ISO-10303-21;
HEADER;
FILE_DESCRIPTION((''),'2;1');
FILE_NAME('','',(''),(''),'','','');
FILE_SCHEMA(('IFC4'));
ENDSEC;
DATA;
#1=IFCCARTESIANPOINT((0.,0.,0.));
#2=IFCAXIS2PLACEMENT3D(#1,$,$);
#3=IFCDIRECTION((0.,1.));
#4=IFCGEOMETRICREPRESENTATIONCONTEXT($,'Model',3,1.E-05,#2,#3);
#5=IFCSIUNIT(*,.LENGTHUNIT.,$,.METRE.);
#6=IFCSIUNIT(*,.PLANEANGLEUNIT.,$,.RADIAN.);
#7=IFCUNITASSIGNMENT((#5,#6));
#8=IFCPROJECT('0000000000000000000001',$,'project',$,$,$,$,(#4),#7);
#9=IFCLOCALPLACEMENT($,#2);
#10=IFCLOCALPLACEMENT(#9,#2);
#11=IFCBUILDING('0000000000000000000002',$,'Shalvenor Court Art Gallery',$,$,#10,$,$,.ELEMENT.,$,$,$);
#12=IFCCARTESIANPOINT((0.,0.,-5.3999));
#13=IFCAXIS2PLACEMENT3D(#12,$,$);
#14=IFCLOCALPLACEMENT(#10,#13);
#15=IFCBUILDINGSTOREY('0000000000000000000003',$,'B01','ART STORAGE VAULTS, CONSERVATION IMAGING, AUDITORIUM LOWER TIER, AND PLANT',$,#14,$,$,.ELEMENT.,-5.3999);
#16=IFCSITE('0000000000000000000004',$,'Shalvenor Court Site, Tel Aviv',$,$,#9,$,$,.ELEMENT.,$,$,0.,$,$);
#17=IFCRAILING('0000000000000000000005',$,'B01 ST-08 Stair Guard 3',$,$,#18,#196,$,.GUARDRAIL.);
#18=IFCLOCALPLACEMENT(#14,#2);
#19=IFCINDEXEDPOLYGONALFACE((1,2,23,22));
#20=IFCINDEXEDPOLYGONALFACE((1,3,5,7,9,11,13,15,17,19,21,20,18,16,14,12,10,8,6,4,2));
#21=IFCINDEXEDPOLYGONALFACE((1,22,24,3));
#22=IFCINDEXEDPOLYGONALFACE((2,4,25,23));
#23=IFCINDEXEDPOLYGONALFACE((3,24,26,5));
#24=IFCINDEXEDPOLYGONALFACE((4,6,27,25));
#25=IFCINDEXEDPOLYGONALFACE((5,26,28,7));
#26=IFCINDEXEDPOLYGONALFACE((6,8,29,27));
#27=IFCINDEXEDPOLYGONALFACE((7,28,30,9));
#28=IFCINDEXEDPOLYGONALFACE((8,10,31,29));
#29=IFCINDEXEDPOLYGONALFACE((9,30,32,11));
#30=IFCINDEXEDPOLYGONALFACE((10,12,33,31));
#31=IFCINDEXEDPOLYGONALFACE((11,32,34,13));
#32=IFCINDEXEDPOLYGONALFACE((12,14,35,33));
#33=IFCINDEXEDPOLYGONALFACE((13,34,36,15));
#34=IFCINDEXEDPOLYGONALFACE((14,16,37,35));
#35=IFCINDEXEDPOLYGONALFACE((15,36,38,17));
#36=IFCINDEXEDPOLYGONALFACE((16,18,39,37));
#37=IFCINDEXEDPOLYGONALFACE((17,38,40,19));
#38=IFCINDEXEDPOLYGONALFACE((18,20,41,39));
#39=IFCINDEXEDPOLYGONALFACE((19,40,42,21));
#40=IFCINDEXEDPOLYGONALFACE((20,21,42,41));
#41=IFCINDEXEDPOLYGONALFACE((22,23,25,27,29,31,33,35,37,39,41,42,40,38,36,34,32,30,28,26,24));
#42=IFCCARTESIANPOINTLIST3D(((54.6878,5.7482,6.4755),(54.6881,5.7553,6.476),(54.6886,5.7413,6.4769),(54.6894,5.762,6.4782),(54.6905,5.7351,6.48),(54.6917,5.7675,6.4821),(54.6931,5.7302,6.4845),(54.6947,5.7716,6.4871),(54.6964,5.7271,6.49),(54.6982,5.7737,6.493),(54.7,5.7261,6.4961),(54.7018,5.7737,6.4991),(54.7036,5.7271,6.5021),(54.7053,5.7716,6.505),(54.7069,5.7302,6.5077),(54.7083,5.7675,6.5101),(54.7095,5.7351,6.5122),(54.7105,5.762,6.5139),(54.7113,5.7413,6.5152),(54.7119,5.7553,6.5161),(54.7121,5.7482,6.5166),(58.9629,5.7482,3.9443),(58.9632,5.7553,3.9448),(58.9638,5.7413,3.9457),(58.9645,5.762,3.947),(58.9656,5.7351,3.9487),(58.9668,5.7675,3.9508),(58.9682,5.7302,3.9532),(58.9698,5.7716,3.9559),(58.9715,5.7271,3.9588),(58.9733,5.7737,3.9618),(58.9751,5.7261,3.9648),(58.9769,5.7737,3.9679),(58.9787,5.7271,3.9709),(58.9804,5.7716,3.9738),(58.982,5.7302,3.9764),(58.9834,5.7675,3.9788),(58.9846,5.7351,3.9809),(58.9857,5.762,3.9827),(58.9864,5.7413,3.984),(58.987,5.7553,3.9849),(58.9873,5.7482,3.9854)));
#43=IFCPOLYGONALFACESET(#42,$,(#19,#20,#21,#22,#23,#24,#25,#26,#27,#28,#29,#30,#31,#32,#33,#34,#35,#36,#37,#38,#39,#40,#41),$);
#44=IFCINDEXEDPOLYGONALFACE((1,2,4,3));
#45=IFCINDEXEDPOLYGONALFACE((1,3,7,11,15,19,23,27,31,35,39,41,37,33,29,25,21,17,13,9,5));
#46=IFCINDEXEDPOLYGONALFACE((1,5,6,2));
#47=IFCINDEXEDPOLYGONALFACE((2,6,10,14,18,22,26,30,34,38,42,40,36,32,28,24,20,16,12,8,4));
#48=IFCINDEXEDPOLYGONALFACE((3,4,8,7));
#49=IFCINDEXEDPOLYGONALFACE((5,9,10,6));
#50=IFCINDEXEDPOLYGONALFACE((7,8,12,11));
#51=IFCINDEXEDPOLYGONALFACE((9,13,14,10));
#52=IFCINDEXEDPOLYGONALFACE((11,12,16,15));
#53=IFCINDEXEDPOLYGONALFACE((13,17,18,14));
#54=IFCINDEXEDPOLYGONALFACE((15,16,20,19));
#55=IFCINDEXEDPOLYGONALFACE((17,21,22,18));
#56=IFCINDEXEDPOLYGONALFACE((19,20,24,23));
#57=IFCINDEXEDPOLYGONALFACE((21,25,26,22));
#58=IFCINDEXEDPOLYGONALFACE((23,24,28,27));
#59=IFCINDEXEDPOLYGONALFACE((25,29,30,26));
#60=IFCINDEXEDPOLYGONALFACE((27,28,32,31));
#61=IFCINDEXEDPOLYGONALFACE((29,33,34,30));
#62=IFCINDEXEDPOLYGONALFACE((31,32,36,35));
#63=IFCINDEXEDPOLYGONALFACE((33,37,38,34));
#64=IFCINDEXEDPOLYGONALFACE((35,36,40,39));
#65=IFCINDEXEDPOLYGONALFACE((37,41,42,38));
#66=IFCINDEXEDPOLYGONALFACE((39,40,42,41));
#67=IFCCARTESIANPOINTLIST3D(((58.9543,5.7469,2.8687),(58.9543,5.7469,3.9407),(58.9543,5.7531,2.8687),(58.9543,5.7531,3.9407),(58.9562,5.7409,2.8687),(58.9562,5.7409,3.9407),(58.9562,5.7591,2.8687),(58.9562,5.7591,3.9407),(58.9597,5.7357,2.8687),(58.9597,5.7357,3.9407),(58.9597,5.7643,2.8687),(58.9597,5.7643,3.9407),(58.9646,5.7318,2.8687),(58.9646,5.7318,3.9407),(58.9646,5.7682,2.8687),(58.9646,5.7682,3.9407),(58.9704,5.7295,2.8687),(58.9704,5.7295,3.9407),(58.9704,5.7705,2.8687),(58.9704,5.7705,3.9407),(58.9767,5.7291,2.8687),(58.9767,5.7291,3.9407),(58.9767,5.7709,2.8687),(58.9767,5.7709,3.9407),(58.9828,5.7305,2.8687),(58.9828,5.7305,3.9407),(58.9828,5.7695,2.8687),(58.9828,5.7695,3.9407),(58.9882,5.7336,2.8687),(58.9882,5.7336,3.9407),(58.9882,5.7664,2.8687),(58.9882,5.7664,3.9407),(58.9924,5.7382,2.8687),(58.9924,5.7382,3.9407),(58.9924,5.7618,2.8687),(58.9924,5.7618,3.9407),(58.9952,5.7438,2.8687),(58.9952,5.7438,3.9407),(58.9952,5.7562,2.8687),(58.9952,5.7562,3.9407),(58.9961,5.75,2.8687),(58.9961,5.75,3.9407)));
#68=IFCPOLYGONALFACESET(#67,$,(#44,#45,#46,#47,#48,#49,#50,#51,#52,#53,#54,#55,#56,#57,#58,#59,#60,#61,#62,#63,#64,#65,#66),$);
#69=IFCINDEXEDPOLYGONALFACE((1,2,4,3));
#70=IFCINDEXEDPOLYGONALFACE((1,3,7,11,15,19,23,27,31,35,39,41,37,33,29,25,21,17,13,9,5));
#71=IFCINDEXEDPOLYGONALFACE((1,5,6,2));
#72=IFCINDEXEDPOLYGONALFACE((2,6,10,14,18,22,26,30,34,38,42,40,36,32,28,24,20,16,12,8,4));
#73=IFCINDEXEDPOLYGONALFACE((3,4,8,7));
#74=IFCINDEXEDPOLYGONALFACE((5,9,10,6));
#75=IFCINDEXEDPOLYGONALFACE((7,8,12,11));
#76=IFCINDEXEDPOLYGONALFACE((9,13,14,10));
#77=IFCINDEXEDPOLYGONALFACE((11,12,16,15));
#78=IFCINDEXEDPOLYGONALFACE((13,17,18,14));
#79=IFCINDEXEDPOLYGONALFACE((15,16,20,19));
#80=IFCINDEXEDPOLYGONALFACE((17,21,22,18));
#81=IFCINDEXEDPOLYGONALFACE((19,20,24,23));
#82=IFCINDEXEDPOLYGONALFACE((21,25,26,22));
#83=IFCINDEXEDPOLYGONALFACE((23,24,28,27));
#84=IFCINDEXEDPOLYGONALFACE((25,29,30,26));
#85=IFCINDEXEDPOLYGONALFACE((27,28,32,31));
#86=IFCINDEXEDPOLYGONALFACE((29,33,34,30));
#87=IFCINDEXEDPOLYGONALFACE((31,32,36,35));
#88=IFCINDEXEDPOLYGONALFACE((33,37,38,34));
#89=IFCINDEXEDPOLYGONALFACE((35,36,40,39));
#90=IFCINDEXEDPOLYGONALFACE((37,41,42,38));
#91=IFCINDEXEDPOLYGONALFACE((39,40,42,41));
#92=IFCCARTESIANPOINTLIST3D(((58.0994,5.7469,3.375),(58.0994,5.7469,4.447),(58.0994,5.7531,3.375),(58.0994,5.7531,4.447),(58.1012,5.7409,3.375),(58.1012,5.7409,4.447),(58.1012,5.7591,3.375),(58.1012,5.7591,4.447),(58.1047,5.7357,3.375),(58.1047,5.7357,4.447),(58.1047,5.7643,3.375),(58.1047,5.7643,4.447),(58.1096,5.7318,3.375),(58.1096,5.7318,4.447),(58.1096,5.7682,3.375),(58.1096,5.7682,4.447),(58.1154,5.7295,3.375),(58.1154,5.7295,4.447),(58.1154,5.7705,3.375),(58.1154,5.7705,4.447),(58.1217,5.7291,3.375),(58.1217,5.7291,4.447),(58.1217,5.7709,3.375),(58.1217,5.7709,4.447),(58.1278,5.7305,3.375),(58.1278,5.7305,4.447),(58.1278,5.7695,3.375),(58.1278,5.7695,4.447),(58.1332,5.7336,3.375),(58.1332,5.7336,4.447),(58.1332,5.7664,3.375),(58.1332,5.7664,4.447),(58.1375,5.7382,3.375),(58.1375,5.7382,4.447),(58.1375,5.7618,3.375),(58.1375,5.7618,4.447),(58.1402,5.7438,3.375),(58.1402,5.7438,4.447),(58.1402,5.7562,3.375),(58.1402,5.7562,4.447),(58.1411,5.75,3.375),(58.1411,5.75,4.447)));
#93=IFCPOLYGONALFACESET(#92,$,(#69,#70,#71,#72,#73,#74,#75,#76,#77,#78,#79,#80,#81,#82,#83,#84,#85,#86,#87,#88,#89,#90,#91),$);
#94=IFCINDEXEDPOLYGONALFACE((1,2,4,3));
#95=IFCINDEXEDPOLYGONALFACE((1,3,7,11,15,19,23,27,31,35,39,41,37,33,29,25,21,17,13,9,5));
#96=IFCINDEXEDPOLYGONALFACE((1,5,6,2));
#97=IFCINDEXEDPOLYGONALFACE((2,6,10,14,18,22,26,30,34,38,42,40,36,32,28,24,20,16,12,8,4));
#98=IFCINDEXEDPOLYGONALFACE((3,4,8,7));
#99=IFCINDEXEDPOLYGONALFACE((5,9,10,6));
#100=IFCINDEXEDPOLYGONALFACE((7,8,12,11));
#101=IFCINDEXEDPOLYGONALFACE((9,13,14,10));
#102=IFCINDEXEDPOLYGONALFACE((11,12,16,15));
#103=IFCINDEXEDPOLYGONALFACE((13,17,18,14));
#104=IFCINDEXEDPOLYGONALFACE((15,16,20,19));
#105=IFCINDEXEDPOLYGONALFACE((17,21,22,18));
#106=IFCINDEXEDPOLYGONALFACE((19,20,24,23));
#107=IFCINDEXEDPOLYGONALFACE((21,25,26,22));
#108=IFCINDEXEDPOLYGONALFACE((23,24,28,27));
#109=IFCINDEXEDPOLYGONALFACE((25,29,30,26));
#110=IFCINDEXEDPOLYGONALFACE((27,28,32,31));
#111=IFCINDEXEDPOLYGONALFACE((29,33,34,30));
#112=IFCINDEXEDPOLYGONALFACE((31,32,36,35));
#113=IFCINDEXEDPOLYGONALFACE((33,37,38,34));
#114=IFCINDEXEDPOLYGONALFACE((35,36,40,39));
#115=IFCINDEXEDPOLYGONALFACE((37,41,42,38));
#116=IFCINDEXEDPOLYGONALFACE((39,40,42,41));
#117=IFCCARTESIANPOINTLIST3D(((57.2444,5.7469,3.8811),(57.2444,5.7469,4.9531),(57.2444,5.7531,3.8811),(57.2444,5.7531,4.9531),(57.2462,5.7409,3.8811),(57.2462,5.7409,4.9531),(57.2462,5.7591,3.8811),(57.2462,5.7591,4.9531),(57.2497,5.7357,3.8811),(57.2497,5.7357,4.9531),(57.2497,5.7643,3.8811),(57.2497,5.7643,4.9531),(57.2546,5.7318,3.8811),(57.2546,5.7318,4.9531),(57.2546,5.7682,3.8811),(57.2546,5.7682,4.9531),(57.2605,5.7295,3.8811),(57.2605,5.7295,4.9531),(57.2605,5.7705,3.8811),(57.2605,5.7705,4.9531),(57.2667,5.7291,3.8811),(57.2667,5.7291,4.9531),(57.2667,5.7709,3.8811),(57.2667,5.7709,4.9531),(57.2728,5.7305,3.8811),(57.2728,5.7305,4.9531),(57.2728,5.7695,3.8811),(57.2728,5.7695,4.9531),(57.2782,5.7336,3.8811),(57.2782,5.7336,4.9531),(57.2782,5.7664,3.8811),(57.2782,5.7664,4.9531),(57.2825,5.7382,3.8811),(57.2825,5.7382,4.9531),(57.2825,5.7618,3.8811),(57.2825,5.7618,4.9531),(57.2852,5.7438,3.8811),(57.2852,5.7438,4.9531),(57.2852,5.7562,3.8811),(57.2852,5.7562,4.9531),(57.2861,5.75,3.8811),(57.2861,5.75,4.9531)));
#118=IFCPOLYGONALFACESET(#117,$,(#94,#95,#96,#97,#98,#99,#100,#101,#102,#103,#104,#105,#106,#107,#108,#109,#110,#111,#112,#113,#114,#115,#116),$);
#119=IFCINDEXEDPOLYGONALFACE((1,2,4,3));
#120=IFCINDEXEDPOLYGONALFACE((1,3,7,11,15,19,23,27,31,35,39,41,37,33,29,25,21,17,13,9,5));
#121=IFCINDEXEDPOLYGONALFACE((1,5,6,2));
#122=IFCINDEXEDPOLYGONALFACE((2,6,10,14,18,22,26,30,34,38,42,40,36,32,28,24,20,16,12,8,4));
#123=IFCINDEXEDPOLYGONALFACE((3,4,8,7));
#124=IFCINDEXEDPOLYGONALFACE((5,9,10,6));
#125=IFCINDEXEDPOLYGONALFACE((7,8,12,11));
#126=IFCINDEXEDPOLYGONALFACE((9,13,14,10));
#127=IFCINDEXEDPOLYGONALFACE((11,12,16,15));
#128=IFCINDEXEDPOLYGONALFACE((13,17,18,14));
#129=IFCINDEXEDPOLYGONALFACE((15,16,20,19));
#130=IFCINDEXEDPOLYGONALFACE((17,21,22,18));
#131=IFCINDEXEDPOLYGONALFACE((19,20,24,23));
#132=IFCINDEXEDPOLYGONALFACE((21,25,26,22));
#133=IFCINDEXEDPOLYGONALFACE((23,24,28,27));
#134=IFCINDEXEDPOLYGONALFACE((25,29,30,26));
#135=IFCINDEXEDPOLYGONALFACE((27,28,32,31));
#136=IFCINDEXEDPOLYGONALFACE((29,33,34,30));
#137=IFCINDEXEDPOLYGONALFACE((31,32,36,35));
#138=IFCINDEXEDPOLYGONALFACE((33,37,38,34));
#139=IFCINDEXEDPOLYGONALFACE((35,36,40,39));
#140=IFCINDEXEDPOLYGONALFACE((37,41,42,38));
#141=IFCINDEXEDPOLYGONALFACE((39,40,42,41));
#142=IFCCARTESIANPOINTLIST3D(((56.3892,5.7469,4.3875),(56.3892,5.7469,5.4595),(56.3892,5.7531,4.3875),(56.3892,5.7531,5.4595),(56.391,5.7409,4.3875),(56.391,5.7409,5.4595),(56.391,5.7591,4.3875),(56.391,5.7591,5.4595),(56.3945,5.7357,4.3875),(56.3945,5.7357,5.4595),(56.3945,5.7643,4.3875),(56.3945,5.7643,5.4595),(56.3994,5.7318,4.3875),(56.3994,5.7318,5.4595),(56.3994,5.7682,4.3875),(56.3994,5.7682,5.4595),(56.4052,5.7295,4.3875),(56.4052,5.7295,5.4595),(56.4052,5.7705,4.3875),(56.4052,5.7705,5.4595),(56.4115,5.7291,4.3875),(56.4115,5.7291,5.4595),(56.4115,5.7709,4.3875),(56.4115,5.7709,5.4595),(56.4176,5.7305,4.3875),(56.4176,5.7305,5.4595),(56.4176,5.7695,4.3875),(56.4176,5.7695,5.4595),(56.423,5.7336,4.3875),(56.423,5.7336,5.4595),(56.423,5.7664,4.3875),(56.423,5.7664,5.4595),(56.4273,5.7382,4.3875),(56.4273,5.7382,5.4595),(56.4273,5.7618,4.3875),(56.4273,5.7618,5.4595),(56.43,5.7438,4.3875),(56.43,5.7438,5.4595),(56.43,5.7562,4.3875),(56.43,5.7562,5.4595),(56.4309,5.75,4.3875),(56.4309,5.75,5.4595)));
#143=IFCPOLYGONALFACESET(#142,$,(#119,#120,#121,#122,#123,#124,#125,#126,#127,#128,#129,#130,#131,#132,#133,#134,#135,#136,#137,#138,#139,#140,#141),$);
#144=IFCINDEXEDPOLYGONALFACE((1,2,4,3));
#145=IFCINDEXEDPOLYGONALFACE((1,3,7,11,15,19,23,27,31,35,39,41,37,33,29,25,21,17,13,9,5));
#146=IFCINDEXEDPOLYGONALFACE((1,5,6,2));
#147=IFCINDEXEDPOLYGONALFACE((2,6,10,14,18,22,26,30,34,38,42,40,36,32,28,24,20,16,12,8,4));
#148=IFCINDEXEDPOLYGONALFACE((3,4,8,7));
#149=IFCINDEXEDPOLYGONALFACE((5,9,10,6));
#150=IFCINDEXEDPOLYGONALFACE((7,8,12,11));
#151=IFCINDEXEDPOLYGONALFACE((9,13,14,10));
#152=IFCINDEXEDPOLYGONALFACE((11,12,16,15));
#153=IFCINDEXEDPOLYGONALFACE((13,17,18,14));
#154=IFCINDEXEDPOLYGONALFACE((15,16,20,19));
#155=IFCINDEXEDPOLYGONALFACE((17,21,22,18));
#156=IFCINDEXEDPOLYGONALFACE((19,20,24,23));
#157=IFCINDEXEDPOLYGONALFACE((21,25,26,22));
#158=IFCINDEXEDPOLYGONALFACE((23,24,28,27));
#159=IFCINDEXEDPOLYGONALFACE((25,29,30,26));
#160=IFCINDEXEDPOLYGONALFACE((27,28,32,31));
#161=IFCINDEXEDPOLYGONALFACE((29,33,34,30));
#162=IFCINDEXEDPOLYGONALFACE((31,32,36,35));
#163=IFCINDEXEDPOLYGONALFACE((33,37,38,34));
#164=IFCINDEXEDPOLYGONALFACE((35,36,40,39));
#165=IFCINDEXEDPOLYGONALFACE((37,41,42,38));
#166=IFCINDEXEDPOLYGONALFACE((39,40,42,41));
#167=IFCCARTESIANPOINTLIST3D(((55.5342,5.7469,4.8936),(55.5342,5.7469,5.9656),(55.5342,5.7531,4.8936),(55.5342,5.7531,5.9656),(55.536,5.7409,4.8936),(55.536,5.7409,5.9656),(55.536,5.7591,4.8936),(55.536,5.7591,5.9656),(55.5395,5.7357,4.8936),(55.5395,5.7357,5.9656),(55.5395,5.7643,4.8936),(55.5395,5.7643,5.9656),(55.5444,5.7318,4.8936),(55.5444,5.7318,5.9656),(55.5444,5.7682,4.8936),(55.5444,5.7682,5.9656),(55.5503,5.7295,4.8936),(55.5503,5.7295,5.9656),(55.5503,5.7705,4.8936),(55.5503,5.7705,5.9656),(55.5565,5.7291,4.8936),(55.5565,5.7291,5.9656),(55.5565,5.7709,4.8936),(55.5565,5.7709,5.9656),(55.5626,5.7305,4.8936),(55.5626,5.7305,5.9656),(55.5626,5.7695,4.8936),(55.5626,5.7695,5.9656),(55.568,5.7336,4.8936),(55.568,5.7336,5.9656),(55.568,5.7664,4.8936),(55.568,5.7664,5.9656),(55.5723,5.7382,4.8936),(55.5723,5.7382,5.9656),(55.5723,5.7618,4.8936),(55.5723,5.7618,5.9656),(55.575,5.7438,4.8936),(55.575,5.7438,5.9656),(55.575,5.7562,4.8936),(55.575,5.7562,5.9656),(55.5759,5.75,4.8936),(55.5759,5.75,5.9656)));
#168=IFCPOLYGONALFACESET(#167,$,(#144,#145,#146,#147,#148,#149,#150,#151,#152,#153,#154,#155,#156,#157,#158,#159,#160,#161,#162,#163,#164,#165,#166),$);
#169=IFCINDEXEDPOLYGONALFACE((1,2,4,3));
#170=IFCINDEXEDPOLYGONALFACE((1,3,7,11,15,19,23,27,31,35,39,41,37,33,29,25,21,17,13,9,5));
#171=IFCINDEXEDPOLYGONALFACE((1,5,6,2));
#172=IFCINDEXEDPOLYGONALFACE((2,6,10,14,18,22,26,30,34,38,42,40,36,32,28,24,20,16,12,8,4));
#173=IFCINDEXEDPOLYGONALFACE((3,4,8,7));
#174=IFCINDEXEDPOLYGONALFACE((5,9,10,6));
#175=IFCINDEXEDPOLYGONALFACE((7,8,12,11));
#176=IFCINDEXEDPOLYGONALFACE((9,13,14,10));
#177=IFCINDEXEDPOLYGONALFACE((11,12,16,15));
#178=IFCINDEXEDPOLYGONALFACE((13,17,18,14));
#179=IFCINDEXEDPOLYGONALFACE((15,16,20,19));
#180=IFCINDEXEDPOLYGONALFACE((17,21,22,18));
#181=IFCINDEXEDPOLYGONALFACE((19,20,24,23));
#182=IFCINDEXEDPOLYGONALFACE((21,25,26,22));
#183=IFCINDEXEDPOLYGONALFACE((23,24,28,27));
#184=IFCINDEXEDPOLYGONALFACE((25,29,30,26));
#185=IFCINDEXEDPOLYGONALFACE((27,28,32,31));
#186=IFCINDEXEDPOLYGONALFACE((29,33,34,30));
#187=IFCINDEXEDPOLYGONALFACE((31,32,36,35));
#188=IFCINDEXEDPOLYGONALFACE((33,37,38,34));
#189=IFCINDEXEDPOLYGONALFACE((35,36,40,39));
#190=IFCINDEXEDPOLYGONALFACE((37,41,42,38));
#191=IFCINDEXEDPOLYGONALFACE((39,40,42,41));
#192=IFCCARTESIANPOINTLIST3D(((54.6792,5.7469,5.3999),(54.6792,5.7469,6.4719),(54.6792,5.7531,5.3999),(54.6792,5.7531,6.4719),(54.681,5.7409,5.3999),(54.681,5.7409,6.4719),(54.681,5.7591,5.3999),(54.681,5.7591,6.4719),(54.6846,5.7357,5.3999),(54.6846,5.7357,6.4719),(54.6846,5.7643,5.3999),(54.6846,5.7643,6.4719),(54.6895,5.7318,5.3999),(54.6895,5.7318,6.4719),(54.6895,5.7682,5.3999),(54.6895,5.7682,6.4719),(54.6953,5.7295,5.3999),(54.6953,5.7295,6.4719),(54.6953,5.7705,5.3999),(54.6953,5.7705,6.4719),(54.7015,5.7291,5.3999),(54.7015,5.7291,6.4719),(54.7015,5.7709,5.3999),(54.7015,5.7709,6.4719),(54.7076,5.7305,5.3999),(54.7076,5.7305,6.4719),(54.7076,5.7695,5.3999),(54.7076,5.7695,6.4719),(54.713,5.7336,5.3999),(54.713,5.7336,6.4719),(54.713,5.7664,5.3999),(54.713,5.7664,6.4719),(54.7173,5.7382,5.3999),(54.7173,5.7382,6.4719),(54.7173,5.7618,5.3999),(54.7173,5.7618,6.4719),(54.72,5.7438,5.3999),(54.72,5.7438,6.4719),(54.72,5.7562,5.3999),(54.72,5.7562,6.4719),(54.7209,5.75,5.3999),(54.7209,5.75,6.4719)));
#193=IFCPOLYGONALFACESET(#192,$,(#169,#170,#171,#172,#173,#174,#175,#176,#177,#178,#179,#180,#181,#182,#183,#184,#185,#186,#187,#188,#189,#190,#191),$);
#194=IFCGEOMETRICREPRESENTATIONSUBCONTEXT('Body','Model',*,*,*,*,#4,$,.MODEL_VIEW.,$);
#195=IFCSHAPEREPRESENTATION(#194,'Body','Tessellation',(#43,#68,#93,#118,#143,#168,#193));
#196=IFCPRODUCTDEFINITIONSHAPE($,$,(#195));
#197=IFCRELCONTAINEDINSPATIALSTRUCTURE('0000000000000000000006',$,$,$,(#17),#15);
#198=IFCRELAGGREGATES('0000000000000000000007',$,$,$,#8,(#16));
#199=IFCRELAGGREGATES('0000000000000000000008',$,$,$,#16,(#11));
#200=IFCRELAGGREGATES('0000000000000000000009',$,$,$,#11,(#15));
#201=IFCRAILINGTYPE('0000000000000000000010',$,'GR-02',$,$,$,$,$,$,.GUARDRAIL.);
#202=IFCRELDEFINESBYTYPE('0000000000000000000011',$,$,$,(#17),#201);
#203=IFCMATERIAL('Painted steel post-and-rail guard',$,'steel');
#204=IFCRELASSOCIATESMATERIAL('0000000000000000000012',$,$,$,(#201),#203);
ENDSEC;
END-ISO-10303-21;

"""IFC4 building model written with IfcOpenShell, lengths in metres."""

from ifc_helpers import new_model, si_unit, direction, frame, origin, origin_2d, place, context, subcontext, project, spatial, circle, extrude, material, type_object, element, save


model = new_model("IFC4")

# Units and contexts
model_context = context("Model", 3, precision=1e-05, world=origin(), true_north=direction((0.0, 1.0)))
body_context = subcontext(model_context, "Body", "Model", "MODEL_VIEW")
ifc_project = project(units=[si_unit("LENGTHUNIT", "METRE"), si_unit("PLANEANGLEUNIT", "RADIAN")], contexts=[model_context])

# Site, building, storey
site_placement = place(None, origin())
site = spatial("IfcSite", under=ifc_project, at=site_placement, Name="Shalvenor Court Site, Tel Aviv", CompositionType="ELEMENT", RefElevation=0.0)
building_placement = place(site_placement, origin())
building = spatial("IfcBuilding", under=site, at=building_placement, Name="Shalvenor Court Art Gallery", CompositionType="ELEMENT")
storey_placement = place(building_placement, frame((0.0, 0.0, -5.3999)))
storey = spatial("IfcBuildingStorey", under=building, at=storey_placement, Name="B01", Description="ART STORAGE VAULTS, CONSERVATION IMAGING, AUDITORIUM LOWER TIER, AND PLANT", CompositionType="ELEMENT", Elevation=-5.3999)

# Railing
ifc_material_1 = material(Name="Painted steel post-and-rail guard", Category="steel")
railing_type_1 = type_object("IfcRailingType", Name="GR-02", PredefinedType="GUARDRAIL", material=ifc_material_1)
railing_1_placement = place(storey_placement, frame((58.9751, 5.75, 2.8687)))
element("IfcRailing", 1, at=railing_1_placement, inside=storey, type_object=railing_type_1, Name="B01 ST-08 Stair Guard 3", PredefinedType="GUARDRAIL", context=body_context, shape_type="SweptSolid", body=[
    extrude(circle(Radius=0.0239, at=origin_2d()), frame((0.0, 0.0, 1.0962), z_axis=(-0.860483, 0.0, 0.509479), x_axis=(0.0, -1.0, 0.0)), (0.0, 0.0, 1.0), 4.9683),
    extrude(circle(Radius=0.021, at=origin_2d()), origin(), (0.0, 0.0, 1.0), 1.072),
    extrude(circle(Radius=0.021, at=origin_2d()), frame((-0.855, 0.0, 0.5063)), (0.0, 0.0, 1.0), 1.072),
    extrude(circle(Radius=0.021, at=origin_2d()), frame((-1.71, 0.0, 1.0125)), (0.0, 0.0, 1.0), 1.072),
    extrude(circle(Radius=0.021, at=origin_2d()), frame((-2.5652, 0.0, 1.5188)), (0.0, 0.0, 1.0), 1.072),
    extrude(circle(Radius=0.021, at=origin_2d()), frame((-3.4202, 0.0, 2.0249)), (0.0, 0.0, 1.0), 1.072),
    extrude(circle(Radius=0.021, at=origin_2d()), frame((-4.2751, 0.0, 2.5312)), (0.0, 0.0, 1.0), 1.072),
])

save(model, "model.ifc")
